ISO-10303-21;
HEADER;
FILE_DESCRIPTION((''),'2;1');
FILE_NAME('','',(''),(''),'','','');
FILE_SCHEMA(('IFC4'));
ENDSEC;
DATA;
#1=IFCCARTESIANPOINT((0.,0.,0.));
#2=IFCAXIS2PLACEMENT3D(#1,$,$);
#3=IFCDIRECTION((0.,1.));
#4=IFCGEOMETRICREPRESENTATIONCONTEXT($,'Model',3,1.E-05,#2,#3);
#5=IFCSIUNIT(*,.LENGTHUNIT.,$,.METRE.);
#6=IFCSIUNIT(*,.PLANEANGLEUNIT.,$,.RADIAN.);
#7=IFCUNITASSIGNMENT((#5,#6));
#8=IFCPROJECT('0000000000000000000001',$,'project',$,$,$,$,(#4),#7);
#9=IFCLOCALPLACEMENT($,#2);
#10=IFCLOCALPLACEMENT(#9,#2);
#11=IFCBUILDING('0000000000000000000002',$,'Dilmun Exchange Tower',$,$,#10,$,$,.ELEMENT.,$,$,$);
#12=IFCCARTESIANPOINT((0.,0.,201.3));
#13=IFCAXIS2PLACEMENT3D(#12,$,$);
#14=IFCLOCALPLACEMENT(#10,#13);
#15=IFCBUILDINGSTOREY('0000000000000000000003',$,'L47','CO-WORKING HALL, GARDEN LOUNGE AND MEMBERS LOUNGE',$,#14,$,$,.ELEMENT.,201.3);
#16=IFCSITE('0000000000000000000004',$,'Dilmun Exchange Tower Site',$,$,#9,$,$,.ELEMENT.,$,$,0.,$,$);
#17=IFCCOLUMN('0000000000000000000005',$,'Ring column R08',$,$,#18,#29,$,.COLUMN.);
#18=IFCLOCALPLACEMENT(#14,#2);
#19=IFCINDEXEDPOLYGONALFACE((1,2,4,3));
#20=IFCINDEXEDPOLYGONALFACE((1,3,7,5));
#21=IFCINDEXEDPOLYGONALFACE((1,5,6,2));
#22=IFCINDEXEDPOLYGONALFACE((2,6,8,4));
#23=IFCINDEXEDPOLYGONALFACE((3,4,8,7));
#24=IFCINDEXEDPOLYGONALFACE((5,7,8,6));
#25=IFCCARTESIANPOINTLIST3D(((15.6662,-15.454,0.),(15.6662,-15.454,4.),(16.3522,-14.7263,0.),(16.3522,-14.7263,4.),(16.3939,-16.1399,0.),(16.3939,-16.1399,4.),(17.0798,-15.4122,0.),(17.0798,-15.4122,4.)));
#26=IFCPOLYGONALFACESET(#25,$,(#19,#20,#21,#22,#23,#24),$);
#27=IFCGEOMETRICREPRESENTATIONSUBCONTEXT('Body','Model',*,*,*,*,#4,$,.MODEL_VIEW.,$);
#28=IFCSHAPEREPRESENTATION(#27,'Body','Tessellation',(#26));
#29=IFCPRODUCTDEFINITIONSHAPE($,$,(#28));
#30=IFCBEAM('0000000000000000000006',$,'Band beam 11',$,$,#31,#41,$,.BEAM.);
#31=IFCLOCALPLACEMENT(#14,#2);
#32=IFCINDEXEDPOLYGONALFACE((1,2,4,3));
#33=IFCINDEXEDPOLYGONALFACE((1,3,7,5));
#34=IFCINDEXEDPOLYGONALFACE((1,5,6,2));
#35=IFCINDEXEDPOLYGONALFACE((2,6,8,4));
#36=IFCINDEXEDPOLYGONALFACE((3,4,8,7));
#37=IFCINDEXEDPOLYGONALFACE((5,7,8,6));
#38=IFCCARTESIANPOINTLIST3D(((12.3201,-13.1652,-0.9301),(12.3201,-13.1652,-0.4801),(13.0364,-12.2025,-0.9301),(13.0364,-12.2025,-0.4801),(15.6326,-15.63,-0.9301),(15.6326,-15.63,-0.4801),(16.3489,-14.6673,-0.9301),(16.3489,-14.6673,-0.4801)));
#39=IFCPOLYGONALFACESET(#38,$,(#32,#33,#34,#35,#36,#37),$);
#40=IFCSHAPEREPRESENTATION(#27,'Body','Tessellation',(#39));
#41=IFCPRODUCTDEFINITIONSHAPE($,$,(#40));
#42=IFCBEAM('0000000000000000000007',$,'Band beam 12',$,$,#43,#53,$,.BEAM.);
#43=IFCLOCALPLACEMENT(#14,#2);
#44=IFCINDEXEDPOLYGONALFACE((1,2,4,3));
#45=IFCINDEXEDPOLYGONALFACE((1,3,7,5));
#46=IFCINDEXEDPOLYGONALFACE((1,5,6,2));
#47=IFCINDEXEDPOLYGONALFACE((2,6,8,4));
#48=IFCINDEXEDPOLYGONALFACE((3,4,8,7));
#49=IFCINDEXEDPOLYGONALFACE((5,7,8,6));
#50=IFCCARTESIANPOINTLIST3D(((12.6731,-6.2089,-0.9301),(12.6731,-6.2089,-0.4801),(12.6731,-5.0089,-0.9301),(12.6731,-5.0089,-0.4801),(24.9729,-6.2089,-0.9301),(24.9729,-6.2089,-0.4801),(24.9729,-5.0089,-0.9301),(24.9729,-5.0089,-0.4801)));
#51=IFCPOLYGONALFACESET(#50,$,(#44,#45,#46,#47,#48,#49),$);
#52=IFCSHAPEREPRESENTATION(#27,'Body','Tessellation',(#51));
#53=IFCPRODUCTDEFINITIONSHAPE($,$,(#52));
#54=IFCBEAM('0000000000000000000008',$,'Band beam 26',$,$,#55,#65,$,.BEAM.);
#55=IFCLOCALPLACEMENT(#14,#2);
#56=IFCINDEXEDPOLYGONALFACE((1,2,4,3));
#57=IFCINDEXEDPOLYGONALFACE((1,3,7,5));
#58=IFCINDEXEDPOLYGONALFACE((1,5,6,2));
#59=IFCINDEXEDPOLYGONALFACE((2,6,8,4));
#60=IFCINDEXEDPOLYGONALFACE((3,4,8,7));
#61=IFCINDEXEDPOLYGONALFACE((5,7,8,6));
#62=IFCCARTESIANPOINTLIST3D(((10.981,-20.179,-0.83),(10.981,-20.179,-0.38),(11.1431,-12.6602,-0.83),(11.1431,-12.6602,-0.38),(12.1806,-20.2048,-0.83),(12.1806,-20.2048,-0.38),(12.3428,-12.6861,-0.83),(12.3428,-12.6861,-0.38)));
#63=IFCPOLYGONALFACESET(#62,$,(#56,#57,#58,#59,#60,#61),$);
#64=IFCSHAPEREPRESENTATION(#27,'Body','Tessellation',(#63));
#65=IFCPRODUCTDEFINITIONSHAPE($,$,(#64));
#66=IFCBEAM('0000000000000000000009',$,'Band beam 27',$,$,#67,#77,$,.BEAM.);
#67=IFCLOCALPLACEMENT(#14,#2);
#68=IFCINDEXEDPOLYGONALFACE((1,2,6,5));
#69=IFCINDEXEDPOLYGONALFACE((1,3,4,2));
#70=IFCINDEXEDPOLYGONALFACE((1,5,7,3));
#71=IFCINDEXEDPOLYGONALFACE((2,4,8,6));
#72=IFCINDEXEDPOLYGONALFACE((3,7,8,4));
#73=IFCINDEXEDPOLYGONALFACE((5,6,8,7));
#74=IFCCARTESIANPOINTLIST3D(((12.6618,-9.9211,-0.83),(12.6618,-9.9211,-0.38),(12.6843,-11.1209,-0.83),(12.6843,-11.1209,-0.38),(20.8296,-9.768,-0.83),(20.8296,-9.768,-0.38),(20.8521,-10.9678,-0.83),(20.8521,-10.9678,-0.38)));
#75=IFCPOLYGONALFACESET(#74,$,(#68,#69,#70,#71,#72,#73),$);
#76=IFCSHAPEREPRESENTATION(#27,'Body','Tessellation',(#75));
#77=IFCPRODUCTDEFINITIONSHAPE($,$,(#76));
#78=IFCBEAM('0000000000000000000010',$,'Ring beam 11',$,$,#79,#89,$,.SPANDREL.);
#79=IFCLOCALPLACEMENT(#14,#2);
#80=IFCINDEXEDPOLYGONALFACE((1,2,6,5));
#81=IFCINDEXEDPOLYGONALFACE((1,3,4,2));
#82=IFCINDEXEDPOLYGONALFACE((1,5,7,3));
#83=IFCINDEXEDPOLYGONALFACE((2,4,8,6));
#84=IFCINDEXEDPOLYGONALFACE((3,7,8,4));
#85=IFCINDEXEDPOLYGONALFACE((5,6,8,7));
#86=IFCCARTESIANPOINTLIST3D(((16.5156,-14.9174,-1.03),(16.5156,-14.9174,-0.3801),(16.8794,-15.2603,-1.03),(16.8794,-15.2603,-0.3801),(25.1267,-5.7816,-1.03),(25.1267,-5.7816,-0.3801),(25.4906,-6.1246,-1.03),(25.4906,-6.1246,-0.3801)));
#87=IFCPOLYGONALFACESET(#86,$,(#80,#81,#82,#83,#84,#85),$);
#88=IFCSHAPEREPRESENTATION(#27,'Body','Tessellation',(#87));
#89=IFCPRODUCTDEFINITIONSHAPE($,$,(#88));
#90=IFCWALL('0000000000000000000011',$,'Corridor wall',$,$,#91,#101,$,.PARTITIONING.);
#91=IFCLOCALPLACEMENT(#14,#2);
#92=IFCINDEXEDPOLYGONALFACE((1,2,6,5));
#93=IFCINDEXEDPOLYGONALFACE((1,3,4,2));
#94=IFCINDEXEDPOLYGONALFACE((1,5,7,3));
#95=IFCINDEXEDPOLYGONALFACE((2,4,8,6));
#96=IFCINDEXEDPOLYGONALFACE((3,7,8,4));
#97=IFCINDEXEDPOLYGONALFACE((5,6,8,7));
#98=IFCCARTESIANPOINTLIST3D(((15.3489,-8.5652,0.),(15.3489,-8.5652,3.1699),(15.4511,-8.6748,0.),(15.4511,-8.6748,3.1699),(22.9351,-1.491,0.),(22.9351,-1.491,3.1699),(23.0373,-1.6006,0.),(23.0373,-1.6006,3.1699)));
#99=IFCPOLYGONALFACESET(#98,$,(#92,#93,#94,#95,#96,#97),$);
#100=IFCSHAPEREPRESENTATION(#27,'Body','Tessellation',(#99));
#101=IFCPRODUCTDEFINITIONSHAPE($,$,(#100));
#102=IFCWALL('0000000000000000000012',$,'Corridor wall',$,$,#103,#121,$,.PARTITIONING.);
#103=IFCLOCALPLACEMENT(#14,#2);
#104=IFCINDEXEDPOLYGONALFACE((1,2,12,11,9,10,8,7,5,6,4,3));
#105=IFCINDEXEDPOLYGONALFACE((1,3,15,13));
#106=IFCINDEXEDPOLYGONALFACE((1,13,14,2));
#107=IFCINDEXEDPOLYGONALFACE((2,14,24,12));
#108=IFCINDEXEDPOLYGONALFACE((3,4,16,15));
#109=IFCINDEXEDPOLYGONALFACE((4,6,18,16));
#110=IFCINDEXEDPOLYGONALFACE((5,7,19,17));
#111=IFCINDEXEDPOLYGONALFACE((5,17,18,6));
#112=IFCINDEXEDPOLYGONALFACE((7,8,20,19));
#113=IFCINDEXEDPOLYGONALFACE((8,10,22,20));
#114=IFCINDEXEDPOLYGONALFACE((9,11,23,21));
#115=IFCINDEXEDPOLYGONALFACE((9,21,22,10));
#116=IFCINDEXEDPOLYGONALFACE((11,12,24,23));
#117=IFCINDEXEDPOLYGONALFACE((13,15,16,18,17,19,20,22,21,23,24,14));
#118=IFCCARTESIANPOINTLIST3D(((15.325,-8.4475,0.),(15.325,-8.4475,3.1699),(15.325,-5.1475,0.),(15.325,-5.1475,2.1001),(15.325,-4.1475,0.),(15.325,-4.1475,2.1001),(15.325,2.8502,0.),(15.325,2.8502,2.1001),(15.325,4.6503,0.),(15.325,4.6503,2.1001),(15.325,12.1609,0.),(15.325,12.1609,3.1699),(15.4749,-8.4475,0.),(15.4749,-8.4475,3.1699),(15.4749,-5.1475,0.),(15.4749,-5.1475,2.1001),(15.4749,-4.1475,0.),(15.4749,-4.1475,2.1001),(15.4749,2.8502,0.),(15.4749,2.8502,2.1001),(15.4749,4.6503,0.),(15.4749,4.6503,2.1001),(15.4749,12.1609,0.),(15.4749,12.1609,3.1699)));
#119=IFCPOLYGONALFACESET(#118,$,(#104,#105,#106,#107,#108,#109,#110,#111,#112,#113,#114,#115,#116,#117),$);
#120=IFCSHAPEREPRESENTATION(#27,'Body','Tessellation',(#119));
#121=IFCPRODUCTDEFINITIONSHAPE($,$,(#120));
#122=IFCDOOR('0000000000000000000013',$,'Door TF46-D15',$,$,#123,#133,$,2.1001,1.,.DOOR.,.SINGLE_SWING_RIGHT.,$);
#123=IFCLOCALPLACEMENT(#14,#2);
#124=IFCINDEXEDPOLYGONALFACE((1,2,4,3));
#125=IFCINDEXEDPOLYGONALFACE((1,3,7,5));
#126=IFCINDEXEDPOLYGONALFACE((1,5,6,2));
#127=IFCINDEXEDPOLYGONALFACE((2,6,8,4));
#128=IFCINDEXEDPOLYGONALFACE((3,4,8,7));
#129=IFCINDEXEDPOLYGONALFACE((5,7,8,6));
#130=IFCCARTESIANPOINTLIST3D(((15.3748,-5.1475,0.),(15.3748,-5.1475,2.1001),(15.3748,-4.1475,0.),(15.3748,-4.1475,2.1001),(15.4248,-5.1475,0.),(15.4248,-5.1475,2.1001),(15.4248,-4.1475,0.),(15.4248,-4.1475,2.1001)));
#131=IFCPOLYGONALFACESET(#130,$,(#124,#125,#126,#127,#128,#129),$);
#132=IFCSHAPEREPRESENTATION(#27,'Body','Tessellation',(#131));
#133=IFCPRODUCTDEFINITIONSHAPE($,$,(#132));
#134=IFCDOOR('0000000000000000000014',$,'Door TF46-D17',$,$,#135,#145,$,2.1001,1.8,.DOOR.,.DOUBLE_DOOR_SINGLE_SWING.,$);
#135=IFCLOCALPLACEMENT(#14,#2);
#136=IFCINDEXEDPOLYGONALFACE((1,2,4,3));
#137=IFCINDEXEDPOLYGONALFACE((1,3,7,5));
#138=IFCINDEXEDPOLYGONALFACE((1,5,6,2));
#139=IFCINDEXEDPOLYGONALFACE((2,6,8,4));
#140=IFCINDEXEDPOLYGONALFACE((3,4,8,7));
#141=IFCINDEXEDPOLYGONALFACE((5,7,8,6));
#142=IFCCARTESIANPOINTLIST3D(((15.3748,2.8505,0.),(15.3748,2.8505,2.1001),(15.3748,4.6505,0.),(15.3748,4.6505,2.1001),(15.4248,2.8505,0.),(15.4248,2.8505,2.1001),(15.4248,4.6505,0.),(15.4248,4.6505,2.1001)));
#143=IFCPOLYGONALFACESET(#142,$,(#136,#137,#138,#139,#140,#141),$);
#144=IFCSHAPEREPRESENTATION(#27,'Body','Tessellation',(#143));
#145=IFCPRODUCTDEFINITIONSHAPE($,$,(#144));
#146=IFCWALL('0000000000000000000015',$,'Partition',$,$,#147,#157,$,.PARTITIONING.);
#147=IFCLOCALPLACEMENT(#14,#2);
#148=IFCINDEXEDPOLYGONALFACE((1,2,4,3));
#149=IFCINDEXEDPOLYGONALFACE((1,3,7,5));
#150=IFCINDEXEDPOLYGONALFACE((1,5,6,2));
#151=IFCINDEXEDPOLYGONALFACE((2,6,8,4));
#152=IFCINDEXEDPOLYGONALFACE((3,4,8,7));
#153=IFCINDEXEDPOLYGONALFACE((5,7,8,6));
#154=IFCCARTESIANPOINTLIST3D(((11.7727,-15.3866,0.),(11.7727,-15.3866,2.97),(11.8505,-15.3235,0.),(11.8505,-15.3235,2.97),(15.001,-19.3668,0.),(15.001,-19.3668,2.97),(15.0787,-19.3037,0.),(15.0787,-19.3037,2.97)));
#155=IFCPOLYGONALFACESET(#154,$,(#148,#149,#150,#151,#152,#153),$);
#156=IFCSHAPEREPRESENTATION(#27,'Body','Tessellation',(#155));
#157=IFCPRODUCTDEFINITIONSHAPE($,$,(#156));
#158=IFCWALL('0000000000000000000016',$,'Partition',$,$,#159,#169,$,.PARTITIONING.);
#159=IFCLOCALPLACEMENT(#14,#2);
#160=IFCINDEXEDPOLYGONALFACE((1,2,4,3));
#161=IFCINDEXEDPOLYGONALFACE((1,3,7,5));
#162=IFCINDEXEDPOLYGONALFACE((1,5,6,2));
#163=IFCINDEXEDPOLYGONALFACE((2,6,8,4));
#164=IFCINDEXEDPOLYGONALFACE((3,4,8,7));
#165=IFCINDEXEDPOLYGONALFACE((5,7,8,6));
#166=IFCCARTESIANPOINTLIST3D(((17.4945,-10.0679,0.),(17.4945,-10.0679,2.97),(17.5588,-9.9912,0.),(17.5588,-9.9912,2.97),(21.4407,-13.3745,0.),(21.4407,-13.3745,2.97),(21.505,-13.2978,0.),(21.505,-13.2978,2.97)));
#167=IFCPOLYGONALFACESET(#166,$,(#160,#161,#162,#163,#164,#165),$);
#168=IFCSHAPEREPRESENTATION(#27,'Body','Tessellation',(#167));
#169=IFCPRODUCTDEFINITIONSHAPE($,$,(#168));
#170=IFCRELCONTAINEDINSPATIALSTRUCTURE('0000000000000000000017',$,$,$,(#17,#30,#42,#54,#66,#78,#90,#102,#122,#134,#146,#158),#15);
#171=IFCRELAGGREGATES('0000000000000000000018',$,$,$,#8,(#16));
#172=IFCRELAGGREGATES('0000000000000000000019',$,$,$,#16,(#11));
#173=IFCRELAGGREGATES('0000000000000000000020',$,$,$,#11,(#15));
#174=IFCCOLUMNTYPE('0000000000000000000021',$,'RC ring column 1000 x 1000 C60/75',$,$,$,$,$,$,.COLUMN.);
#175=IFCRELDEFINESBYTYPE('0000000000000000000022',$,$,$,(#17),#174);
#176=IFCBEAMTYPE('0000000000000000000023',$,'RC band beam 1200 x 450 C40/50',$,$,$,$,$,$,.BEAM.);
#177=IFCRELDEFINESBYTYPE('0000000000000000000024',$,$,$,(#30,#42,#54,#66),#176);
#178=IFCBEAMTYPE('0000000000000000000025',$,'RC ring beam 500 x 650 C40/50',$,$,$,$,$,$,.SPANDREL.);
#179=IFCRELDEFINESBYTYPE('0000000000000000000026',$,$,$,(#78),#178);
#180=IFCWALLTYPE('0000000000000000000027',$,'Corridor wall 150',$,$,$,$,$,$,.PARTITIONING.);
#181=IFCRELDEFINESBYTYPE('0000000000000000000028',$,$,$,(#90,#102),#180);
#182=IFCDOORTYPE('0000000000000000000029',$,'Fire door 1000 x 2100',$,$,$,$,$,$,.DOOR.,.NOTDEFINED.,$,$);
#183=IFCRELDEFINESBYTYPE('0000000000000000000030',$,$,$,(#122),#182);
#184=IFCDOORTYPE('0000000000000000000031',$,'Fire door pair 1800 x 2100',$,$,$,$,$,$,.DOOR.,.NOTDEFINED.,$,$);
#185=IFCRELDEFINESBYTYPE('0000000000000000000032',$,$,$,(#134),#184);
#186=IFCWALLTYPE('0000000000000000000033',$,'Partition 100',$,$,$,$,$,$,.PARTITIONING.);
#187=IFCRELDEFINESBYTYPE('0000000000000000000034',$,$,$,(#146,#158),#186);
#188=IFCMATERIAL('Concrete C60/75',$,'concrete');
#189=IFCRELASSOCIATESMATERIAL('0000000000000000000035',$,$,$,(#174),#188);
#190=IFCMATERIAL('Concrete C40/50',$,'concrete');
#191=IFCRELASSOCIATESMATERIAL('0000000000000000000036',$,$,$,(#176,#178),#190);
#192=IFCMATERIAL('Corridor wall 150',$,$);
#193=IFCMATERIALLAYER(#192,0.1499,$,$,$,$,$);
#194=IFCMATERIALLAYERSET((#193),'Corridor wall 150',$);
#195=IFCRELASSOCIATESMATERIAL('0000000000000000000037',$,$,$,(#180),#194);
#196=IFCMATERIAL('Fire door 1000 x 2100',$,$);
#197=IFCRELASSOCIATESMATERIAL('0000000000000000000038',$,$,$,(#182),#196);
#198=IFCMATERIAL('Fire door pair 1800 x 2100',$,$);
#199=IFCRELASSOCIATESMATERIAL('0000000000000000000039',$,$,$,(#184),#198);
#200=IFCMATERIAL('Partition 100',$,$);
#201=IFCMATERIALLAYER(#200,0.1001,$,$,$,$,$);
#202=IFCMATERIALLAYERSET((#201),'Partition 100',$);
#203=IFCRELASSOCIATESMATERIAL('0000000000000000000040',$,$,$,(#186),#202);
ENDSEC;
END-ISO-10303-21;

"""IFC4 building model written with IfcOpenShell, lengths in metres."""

from ifc_helpers import new_model, si_unit, direction, frame, frame_2d, origin, origin_2d, place, context, subcontext, project, spatial, rectangle, extrude, material, layer, layer_set, material_profile, profile_set, type_object, element, fill, save


model = new_model("IFC4")

# Units and contexts
model_context = context("Model", 3, precision=1e-05, world=origin(), true_north=direction((0.0, 1.0)))
body_context = subcontext(model_context, "Body", "Model", "MODEL_VIEW")
ifc_project = project(units=[si_unit("LENGTHUNIT", "METRE"), si_unit("PLANEANGLEUNIT", "RADIAN")], contexts=[model_context])

# Site, building, storey
site_placement = place(None, origin())
site = spatial("IfcSite", under=ifc_project, at=site_placement, Name="Dilmun Exchange Tower Site", CompositionType="ELEMENT", RefElevation=0.0)
building_placement = place(site_placement, origin())
building = spatial("IfcBuilding", under=site, at=building_placement, Name="Dilmun Exchange Tower", CompositionType="ELEMENT")
storey_placement = place(building_placement, frame((0.0, 0.0, 201.3)))
storey = spatial("IfcBuildingStorey", under=building, at=storey_placement, Name="L47", Description="CO-WORKING HALL, GARDEN LOUNGE AND MEMBERS LOUNGE", CompositionType="ELEMENT", Elevation=201.3)

# Column
ifc_material_1 = material(Name="Concrete C60/75", Category="concrete")
ifc_material_profile_1 = material_profile(ifc_material_1, rectangle(XDim=1.0, YDim=1.0, at=origin_2d()), Name="1000 x 1000")
ifc_profile_set_1 = profile_set([ifc_material_profile_1], Name="Concrete C60/75")
column_type = type_object("IfcColumnType", Name="RC ring column 1000 x 1000 C60/75", PredefinedType="COLUMN", material=ifc_profile_set_1)
column_placement = place(storey_placement, frame((16.373, -15.4331, 0.0), z_axis=(0.0, 0.0, 1.0), x_axis=(0.685916, 0.727681, 0.0)))
element("IfcColumn", 1, at=column_placement, inside=storey, type_object=column_type, Name="Ring column R08", PredefinedType="COLUMN", context=body_context, shape_type="SweptSolid", body=[
    extrude(rectangle(XDim=1.0, YDim=1.0, at=origin_2d()), origin(), (0.0, 0.0, 1.0), 4.0),
])

# Beams
ifc_material_2 = material(Name="Concrete C40/50", Category="concrete")
ifc_material_profile_2 = material_profile(ifc_material_2, rectangle(XDim=1.2, YDim=0.45, at=origin_2d()), Name="1200 x 450")
ifc_profile_set_2 = profile_set([ifc_material_profile_2], Name="Concrete C40/50")
beam_type_1 = type_object("IfcBeamType", Name="RC band beam 1200 x 450 C40/50", PredefinedType="BEAM", material=ifc_profile_set_2)
beam_1_placement = place(storey_placement, frame((15.9907, -15.1487, -0.7051), z_axis=(-0.802265, 0.596968, 0.0), x_axis=(-0.596968, -0.802265, 0.0)))
element("IfcBeam", 2, at=beam_1_placement, inside=storey, type_object=beam_type_1, Name="Band beam 11", PredefinedType="BEAM", context=body_context, shape_type="SweptSolid", body=[
    extrude(rectangle(XDim=1.2, YDim=0.45, at=origin_2d()), origin(), (0.0, 0.0, 1.0), 4.1289),
])
beam_2_placement = place(storey_placement, frame((24.9729, -5.6089, -0.7051), z_axis=(-1.0, 0.0, 0.0), x_axis=(0.0, -1.0, 0.0)))
element("IfcBeam", 3, at=beam_2_placement, inside=storey, type_object=beam_type_1, Name="Band beam 12", PredefinedType="BEAM", context=body_context, shape_type="SweptSolid", body=[
    extrude(rectangle(XDim=1.2, YDim=0.45, at=origin_2d()), origin(), (0.0, 0.0, 1.0), 12.2998),
])
beam_3_placement = place(storey_placement, frame((11.5808, -20.1919, -0.605), z_axis=(0.021556, 0.999768, 0.0), x_axis=(-0.999768, 0.021556, 0.0)))
element("IfcBeam", 4, at=beam_3_placement, inside=storey, type_object=beam_type_1, Name="Band beam 26", PredefinedType="BEAM", context=body_context, shape_type="SweptSolid", body=[
    extrude(rectangle(XDim=1.2, YDim=0.45, at=origin_2d()), origin(), (0.0, 0.0, 1.0), 7.5205),
])
beam_4_placement = place(storey_placement, frame((20.8408, -10.3679, -0.605), z_axis=(-0.999824, -0.018738, 0.0), x_axis=(0.018738, -0.999824, 0.0)))
element("IfcBeam", 5, at=beam_4_placement, inside=storey, type_object=beam_type_1, Name="Band beam 27", PredefinedType="BEAM", context=body_context, shape_type="SweptSolid", body=[
    extrude(rectangle(XDim=1.2, YDim=0.45, at=origin_2d()), origin(), (0.0, 0.0, 1.0), 8.1692),
])
ifc_material_profile_3 = material_profile(ifc_material_2, rectangle(XDim=0.5, YDim=0.6499, at=origin_2d()), Name="500 x 650")
ifc_profile_set_3 = profile_set([ifc_material_profile_3], Name="Concrete C40/50")
beam_type_2 = type_object("IfcBeamType", Name="RC ring beam 500 x 650 C40/50", PredefinedType="SPANDREL", material=ifc_profile_set_3)
beam_5_placement = place(storey_placement, frame((16.6975, -15.0889, -0.7051), z_axis=(0.685903, 0.727693, 0.0), x_axis=(-0.727693, 0.685903, 0.0)))
element("IfcBeam", 6, at=beam_5_placement, inside=storey, type_object=beam_type_2, Name="Ring beam 11", PredefinedType="SPANDREL", context=body_context, shape_type="SweptSolid", body=[
    extrude(rectangle(XDim=0.5, YDim=0.6499, at=origin_2d()), origin(), (0.0, 0.0, 1.0), 12.5544),
])

# Wall
ifc_material_3 = material(Name="Corridor wall 150")
ifc_layer_1 = layer(ifc_material_3, 0.1499)
ifc_layer_set_1 = layer_set([ifc_layer_1], Name="Corridor wall 150")
wall_type_1 = type_object("IfcWallType", Name="Corridor wall 150", PredefinedType="PARTITIONING", material=ifc_layer_set_1)
wall_1_placement = place(storey_placement, frame((15.3999, -8.6201, 0.0), z_axis=(0.0, 0.0, 1.0), x_axis=(0.731354, 0.681998, 0.0)))
element("IfcWall", 7, at=wall_1_placement, inside=storey, type_object=wall_type_1, Name="Corridor wall", PredefinedType="PARTITIONING", context=body_context, shape_type="SweptSolid", body=[
    extrude(rectangle(XDim=10.3728, YDim=0.1499, at=frame_2d((5.1865, 0.0))), origin(), (0.0, 0.0, 1.0), 3.1699),
])

# Wall, openings, doors
wall_2_placement = place(storey_placement, frame((15.3999, -8.4475, 0.0), z_axis=(0.0, 0.0, 1.0), x_axis=(0.0, 1.0, 0.0)))
wall_2 = element("IfcWall", 8, at=wall_2_placement, inside=storey, type_object=wall_type_1, Name="Corridor wall", PredefinedType="PARTITIONING", context=body_context, shape_type="SweptSolid", body=[
    extrude(rectangle(XDim=20.6084, YDim=0.1499, at=frame_2d((10.3042, 0.0))), origin(), (0.0, 0.0, 1.0), 3.1699),
])
opening_1_placement = place(wall_2_placement, frame((3.3, 0.0, 0.0)))
opening_1 = element("IfcOpeningElement", 9, at=opening_1_placement, cuts=wall_2, PredefinedType="OPENING", context=body_context, shape_type="SweptSolid", body=[
    extrude(rectangle(XDim=1.0, YDim=2.1001, at=frame_2d((0.5, 1.05))), frame((0.0, 0.085, 0.0), z_axis=(0.0, -1.0, 0.0), x_axis=(1.0, 0.0, 0.0)), (0.0, 0.0, 1.0), 0.1699),
])
opening_2_placement = place(wall_2_placement, frame((11.2979, 0.0, 0.0)))
opening_2 = element("IfcOpeningElement", 10, at=opening_2_placement, cuts=wall_2, PredefinedType="OPENING", context=body_context, shape_type="SweptSolid", body=[
    extrude(rectangle(XDim=1.8, YDim=2.1001, at=frame_2d((0.8999, 1.05))), frame((0.0, 0.085, 0.0), z_axis=(0.0, -1.0, 0.0), x_axis=(1.0, 0.0, 0.0)), (0.0, 0.0, 1.0), 0.1699),
])
ifc_material_4 = material(Name="Fire door 1000 x 2100")
door_type_1 = type_object("IfcDoorType", Name="Fire door 1000 x 2100", OperationType="NOTDEFINED", PredefinedType="DOOR", material=ifc_material_4)
door_1_placement = place(opening_1_placement, frame((1.0, 0.0, 0.0), z_axis=(0.0, 0.0, 1.0), x_axis=(-1.0, 0.0, 0.0)))
door_1 = element("IfcDoor", 11, at=door_1_placement, inside=storey, type_object=door_type_1, Name="Door TF46-D15", OperationType="SINGLE_SWING_RIGHT", OverallHeight=2.1001, OverallWidth=1.0, PredefinedType="DOOR", context=body_context, shape_type="SweptSolid", body=[
    extrude(rectangle(XDim=1.0, YDim=2.1001, at=frame_2d((0.5, 1.05))), frame((0.0, 0.0249, 0.0), z_axis=(0.0, -1.0, 0.0), x_axis=(1.0, 0.0, 0.0)), (0.0, 0.0, 1.0), 0.05),
])
fill(opening_1, door_1)
ifc_material_5 = material(Name="Fire door pair 1800 x 2100")
door_type_2 = type_object("IfcDoorType", Name="Fire door pair 1800 x 2100", OperationType="NOTDEFINED", PredefinedType="DOOR", material=ifc_material_5)
door_2_placement = place(opening_2_placement, frame((1.8, 0.0, 0.0), z_axis=(0.0, 0.0, 1.0), x_axis=(-1.0, 0.0, 0.0)))
door_2 = element("IfcDoor", 12, at=door_2_placement, inside=storey, type_object=door_type_2, Name="Door TF46-D17", OperationType="DOUBLE_DOOR_SINGLE_SWING", OverallHeight=2.1001, OverallWidth=1.8, PredefinedType="DOOR", context=body_context, shape_type="SweptSolid", body=[
    extrude(rectangle(XDim=1.8, YDim=2.1001, at=frame_2d((0.8999, 1.05))), frame((0.0, 0.0249, 0.0), z_axis=(0.0, -1.0, 0.0), x_axis=(1.0, 0.0, 0.0)), (0.0, 0.0, 1.0), 0.05),
])
fill(opening_2, door_2)

# Walls
ifc_material_6 = material(Name="Partition 100")
ifc_layer_2 = layer(ifc_material_6, 0.1001)
ifc_layer_set_2 = layer_set([ifc_layer_2], Name="Partition 100")
wall_type_2 = type_object("IfcWallType", Name="Partition 100", PredefinedType="PARTITIONING", material=ifc_layer_set_2)
wall_3_placement = place(storey_placement, frame((11.8115, -15.355, 0.0), z_axis=(0.0, 0.0, 1.0), x_axis=(0.629927, -0.776654, 0.0)))
element("IfcWall", 13, at=wall_3_placement, inside=storey, type_object=wall_type_2, Name="Partition", PredefinedType="PARTITIONING", context=body_context, shape_type="SweptSolid", body=[
    extrude(rectangle(XDim=5.1248, YDim=0.1001, at=frame_2d((2.5625, 0.0))), origin(), (0.0, 0.0, 1.0), 2.97),
])
wall_4_placement = place(storey_placement, frame((17.5266, -10.0295, 0.0), z_axis=(0.0, 0.0, 1.0), x_axis=(0.766493, -0.642253, 0.0)))
element("IfcWall", 14, at=wall_4_placement, inside=storey, type_object=wall_type_2, Name="Partition", PredefinedType="PARTITIONING", context=body_context, shape_type="SweptSolid", body=[
    extrude(rectangle(XDim=5.1484, YDim=0.1001, at=frame_2d((2.5742, 0.0))), origin(), (0.0, 0.0, 1.0), 2.97),
])

save(model, "model.ifc")
